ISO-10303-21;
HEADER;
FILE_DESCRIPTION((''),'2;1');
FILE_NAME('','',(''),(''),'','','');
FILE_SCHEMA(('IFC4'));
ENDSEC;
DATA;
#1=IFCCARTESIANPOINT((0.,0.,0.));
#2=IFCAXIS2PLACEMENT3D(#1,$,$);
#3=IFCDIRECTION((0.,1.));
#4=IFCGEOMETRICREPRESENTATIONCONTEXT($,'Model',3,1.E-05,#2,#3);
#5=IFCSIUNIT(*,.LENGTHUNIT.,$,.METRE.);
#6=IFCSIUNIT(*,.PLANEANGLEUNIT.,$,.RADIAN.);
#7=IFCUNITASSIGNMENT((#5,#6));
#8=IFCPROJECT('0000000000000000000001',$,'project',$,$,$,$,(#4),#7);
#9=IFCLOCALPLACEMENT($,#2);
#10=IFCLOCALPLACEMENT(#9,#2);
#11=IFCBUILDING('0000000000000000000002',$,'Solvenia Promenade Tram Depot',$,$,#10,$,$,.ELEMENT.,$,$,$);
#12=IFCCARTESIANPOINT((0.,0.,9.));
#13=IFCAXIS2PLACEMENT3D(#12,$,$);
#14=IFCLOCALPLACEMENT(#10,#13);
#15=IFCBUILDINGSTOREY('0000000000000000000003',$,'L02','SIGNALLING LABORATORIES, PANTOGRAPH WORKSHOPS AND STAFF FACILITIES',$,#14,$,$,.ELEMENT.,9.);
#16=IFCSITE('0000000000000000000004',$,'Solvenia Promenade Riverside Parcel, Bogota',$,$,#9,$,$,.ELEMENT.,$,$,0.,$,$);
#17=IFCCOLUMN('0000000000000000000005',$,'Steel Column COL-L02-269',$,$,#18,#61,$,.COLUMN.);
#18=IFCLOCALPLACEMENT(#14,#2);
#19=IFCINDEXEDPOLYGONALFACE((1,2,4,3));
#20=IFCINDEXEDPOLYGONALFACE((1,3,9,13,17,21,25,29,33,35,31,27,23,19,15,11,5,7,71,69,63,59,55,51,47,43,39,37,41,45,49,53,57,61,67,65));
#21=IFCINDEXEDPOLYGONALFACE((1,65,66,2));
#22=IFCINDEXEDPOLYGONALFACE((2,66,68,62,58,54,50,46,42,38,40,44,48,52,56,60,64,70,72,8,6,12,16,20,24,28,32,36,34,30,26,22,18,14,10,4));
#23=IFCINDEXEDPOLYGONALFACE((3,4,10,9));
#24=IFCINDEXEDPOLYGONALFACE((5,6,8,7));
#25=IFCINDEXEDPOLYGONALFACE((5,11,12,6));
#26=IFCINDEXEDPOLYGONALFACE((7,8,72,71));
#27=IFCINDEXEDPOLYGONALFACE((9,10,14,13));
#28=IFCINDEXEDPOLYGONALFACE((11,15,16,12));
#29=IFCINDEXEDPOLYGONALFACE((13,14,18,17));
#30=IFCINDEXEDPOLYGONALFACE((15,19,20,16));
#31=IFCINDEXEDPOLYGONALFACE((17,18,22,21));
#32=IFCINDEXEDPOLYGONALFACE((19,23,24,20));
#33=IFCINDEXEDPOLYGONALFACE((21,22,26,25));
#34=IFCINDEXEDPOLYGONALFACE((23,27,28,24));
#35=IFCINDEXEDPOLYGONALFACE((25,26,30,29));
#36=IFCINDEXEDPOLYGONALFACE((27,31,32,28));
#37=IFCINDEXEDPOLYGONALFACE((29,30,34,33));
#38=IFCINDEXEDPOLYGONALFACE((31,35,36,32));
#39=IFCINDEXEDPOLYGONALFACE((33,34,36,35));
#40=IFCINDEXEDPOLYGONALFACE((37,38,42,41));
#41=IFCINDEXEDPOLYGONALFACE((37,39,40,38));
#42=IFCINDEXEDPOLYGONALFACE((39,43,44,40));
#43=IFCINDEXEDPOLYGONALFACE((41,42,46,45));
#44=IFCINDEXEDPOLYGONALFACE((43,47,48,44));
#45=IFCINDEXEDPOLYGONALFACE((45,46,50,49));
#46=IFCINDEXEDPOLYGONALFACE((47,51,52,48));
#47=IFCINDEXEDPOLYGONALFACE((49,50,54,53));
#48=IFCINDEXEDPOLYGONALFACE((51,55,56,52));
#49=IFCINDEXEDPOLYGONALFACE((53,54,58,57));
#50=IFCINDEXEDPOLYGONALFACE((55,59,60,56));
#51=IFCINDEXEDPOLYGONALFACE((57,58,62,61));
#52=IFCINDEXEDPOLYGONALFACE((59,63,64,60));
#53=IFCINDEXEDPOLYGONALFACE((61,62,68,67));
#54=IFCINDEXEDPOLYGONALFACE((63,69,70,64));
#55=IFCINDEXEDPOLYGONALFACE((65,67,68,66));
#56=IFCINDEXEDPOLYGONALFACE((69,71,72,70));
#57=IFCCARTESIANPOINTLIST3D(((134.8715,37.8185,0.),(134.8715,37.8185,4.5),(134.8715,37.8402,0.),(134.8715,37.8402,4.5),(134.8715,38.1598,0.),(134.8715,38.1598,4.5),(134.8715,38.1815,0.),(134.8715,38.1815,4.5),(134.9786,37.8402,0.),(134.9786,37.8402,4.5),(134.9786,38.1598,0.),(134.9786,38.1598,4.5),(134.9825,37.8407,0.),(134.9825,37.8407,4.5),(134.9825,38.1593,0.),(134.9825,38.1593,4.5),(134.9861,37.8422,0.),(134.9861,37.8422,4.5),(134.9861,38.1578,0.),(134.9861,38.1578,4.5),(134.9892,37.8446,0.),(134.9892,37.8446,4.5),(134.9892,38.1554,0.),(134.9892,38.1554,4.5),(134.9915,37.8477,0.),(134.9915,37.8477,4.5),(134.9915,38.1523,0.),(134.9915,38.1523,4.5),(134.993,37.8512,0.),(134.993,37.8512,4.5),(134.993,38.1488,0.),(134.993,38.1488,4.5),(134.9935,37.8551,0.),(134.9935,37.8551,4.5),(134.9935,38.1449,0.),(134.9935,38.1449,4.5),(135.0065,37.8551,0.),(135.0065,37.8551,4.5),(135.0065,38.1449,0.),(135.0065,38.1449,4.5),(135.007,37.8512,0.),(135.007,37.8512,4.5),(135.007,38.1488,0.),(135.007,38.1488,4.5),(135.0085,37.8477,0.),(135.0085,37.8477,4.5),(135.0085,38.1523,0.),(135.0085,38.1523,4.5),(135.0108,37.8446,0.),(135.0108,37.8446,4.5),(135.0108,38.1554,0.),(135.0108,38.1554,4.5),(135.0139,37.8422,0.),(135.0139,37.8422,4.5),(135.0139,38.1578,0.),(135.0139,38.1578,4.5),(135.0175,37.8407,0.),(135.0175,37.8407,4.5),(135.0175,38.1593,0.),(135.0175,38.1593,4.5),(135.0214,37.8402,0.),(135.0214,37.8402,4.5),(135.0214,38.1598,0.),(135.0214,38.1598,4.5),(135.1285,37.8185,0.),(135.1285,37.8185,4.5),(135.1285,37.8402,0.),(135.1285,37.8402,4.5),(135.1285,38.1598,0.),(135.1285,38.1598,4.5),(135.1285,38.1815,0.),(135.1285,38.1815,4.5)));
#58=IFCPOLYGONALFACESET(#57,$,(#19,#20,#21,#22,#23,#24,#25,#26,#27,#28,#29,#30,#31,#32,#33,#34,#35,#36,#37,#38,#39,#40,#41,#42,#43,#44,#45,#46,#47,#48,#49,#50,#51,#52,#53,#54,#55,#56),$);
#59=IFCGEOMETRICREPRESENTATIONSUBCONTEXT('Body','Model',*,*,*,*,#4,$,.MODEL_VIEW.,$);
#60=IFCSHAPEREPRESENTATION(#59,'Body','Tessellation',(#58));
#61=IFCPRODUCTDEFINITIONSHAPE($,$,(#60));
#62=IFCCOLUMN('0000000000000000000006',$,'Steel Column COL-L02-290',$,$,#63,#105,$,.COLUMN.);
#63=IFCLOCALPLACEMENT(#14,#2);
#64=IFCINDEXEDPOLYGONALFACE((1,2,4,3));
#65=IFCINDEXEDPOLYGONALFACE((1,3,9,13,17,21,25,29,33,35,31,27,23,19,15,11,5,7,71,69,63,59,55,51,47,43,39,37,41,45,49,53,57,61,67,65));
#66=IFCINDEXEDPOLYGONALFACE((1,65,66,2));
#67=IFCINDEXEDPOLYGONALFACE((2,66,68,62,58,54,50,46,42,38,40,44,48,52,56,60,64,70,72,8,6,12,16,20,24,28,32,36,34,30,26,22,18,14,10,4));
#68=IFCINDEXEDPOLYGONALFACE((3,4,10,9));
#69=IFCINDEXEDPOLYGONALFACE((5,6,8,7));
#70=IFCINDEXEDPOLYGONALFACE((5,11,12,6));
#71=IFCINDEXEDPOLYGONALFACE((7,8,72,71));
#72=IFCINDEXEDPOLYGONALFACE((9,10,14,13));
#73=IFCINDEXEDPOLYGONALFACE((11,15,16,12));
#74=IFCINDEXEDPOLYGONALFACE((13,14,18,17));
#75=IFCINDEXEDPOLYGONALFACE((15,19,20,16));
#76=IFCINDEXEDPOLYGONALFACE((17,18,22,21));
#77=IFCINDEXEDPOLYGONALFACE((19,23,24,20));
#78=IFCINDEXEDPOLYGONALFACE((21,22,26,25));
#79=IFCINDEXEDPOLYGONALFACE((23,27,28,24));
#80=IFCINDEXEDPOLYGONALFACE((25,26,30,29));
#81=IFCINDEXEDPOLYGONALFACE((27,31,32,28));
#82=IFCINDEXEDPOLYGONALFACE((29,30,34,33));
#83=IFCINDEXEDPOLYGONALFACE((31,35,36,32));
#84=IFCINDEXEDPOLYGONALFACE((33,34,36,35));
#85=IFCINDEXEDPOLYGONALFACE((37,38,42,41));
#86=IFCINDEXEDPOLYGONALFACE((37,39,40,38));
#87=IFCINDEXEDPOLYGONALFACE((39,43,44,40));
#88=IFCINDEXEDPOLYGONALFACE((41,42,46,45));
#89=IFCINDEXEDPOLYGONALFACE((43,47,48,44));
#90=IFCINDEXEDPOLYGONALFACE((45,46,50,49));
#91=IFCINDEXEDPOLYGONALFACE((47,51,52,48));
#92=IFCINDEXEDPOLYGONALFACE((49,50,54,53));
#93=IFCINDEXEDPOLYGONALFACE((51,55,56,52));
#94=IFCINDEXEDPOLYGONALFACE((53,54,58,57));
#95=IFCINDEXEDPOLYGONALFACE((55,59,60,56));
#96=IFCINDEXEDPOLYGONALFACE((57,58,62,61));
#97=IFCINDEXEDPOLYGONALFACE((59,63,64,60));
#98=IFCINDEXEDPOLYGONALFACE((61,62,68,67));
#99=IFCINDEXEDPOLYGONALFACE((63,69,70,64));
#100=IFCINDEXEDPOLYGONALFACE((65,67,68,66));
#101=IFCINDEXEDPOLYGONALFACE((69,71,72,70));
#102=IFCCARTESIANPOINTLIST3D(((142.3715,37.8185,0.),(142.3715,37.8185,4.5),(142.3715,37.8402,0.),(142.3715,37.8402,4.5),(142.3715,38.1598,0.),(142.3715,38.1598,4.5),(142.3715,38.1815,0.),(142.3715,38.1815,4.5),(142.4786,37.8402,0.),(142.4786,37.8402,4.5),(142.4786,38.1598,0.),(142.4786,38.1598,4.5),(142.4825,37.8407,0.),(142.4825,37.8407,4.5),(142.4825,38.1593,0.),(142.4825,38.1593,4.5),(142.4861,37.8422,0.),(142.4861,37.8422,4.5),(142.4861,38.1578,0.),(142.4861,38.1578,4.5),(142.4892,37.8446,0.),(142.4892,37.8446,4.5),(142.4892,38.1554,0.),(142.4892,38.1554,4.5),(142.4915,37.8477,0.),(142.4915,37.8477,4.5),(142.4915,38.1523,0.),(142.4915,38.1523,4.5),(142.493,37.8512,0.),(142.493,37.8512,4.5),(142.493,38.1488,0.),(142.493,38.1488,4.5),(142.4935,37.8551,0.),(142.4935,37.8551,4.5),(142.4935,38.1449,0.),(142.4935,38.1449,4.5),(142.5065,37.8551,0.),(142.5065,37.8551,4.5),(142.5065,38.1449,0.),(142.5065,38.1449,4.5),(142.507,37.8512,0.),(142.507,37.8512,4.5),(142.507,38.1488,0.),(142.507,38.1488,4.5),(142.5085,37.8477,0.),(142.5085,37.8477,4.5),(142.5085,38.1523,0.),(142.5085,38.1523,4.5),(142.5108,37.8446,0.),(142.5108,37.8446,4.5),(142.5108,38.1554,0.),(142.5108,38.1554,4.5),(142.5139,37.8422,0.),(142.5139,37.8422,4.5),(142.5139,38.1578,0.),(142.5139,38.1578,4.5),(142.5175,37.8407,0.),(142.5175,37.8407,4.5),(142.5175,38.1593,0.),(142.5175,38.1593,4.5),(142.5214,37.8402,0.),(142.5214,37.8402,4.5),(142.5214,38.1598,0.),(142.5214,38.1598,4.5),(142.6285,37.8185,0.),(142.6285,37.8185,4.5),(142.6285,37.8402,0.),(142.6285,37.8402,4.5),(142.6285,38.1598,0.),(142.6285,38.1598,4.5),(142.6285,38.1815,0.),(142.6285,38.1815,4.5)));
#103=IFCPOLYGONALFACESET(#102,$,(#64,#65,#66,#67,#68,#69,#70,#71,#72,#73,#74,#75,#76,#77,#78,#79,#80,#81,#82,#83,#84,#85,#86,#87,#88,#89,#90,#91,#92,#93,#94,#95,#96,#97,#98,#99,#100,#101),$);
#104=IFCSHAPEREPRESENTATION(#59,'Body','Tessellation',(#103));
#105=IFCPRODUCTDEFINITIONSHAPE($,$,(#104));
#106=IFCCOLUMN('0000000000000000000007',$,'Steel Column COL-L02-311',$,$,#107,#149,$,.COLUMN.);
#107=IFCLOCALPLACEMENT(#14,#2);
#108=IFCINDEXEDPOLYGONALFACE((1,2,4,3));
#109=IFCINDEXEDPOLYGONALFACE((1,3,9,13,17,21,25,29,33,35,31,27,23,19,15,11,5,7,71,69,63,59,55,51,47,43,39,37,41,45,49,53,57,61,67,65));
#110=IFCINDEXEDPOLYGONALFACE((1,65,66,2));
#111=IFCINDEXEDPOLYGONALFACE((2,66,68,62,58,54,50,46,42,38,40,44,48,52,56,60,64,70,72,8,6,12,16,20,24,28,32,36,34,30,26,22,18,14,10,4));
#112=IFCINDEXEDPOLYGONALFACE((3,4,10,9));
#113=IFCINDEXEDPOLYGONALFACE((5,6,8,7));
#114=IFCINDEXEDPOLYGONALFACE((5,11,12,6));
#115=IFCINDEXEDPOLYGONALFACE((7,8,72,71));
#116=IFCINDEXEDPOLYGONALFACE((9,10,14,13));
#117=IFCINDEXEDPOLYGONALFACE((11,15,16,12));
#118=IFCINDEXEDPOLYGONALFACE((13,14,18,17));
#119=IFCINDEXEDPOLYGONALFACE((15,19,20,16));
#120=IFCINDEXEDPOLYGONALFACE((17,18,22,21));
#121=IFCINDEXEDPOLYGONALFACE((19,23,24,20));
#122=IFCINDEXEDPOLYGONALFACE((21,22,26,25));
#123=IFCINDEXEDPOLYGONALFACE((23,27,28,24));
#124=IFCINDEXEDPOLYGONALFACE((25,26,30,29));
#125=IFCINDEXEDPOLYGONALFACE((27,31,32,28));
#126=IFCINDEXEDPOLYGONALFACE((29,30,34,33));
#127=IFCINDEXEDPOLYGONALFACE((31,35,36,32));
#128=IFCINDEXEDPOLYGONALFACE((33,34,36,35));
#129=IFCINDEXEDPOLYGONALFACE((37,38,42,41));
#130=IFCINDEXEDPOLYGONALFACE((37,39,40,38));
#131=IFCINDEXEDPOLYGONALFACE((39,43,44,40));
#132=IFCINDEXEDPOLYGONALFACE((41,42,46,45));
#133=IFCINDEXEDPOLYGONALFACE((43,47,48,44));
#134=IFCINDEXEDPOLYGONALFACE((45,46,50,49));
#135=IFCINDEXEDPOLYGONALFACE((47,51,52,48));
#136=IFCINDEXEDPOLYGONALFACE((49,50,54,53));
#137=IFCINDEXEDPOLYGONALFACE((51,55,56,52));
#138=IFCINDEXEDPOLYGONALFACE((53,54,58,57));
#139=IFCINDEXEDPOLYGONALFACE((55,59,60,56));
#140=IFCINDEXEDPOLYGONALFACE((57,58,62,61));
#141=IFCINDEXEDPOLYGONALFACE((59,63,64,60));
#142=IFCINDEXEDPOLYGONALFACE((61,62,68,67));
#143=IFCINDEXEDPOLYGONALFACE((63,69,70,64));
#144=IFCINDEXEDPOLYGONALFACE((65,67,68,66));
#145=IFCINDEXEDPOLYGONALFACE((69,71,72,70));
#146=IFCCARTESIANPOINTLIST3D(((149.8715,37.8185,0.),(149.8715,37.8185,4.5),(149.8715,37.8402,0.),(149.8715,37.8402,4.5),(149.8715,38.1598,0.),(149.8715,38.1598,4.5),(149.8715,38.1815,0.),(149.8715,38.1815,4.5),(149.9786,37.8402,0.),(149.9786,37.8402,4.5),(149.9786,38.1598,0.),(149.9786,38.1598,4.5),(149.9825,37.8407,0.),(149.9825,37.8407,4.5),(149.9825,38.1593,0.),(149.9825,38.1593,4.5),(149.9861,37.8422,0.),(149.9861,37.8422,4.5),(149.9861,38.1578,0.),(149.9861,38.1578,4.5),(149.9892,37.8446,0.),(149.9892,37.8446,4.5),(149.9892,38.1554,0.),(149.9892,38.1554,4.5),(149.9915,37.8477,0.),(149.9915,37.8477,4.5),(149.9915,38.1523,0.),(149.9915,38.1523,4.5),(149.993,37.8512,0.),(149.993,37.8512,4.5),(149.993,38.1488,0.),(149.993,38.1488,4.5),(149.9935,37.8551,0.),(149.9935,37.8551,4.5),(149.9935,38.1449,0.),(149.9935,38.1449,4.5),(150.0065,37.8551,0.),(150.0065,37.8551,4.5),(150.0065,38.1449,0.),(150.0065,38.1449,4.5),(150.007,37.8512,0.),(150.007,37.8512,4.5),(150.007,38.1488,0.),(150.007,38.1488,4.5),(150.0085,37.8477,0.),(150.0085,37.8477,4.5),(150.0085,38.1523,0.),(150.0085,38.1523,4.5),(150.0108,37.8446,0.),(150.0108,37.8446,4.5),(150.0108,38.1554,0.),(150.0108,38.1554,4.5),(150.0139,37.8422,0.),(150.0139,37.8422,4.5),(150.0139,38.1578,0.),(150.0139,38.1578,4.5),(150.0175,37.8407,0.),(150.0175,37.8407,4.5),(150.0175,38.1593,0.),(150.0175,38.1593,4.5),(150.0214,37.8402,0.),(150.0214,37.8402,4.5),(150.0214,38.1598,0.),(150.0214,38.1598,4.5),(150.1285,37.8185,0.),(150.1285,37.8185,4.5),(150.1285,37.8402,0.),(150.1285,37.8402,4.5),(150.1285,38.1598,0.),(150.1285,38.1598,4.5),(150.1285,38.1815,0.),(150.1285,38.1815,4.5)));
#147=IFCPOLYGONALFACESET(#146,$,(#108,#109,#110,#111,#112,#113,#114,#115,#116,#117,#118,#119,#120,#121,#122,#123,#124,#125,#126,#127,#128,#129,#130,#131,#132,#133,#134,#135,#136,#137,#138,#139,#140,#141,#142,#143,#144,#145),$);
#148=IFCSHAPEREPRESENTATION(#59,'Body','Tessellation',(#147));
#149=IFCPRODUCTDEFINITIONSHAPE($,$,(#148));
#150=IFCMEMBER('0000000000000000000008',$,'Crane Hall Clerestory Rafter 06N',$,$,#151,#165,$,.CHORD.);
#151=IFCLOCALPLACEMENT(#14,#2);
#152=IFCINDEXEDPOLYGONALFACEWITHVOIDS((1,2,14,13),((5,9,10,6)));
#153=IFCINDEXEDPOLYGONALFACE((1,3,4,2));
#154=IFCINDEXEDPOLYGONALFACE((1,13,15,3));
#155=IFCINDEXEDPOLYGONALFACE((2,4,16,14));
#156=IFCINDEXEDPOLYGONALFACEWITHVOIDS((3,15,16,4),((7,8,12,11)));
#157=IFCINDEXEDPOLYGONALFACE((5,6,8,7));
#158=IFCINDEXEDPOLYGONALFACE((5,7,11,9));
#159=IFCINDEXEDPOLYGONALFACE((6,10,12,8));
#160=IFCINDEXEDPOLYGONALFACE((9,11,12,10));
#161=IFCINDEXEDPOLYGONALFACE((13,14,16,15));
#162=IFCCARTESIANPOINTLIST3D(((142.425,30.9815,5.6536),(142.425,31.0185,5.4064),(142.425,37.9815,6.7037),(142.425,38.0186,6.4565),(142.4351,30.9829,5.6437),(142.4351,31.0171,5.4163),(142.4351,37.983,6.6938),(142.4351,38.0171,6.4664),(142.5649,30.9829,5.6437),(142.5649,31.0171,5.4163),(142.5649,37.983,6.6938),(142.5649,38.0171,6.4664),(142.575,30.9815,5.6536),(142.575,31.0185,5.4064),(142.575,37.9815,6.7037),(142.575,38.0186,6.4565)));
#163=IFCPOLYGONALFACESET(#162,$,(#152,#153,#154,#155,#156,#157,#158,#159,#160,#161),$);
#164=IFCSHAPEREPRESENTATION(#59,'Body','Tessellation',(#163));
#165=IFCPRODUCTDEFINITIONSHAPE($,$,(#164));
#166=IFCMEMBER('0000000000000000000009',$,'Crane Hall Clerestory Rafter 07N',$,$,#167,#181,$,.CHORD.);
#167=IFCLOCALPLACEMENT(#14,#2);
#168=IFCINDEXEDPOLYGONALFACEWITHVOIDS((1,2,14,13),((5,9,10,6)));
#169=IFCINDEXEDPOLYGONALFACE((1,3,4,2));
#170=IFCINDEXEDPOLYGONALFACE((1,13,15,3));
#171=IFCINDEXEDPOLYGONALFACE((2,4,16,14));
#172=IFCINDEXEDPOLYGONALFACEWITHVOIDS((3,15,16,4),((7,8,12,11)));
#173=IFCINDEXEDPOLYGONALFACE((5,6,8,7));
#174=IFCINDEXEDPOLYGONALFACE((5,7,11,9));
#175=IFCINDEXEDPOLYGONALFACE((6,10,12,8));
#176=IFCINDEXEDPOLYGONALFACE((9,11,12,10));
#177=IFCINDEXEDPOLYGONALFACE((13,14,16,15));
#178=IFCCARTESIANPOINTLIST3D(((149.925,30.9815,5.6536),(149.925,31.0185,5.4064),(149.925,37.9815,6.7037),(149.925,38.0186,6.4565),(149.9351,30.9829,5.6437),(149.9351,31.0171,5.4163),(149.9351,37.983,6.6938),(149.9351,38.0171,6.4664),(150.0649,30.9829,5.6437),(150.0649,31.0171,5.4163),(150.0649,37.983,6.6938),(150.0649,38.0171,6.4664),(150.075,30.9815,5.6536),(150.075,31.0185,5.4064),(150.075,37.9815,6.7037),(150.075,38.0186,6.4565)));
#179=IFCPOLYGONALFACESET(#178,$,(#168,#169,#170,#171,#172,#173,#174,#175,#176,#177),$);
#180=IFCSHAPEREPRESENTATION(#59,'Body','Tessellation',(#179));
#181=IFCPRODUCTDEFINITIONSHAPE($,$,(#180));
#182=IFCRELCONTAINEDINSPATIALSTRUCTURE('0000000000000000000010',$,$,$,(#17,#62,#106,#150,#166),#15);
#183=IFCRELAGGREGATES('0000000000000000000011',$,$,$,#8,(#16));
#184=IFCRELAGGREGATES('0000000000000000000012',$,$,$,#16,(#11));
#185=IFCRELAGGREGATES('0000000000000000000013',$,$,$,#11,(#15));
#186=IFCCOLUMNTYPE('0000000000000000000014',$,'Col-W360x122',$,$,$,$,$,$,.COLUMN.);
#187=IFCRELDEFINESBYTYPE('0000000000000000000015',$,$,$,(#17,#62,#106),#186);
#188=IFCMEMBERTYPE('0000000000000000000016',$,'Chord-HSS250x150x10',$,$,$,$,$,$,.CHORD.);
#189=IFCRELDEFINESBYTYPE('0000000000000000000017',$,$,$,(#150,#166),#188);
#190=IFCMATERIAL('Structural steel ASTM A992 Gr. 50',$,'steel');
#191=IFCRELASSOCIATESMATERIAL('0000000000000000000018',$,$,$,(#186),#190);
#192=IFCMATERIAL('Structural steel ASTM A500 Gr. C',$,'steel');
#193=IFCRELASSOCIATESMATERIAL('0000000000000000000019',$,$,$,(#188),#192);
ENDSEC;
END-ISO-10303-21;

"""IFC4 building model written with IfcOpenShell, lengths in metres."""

from ifc_helpers import new_model, si_unit, direction, frame, origin, origin_2d, place, context, subcontext, project, spatial, hollow_rectangle, i_section, extrude, material, material_profile, profile_set, type_object, element, save


model = new_model("IFC4")

# Units and contexts
model_context = context("Model", 3, precision=1e-05, world=origin(), true_north=direction((0.0, 1.0)))
body_context = subcontext(model_context, "Body", "Model", "MODEL_VIEW")
ifc_project = project(units=[si_unit("LENGTHUNIT", "METRE"), si_unit("PLANEANGLEUNIT", "RADIAN")], contexts=[model_context])

# Site, building, storey
site_placement = place(None, origin())
site = spatial("IfcSite", under=ifc_project, at=site_placement, Name="Solvenia Promenade Riverside Parcel, Bogota", CompositionType="ELEMENT", RefElevation=0.0)
building_placement = place(site_placement, origin())
building = spatial("IfcBuilding", under=site, at=building_placement, Name="Solvenia Promenade Tram Depot", CompositionType="ELEMENT")
storey_placement = place(building_placement, frame((0.0, 0.0, 9.0)))
storey = spatial("IfcBuildingStorey", under=building, at=storey_placement, Name="L02", Description="SIGNALLING LABORATORIES, PANTOGRAPH WORKSHOPS AND STAFF FACILITIES", CompositionType="ELEMENT", Elevation=9.0)

# Columns
ifc_material_1 = material(Name="Structural steel ASTM A992 Gr. 50", Category="steel")
ifc_material_profile_1 = material_profile(ifc_material_1, i_section(OverallWidth=0.2571, OverallDepth=0.363, WebThickness=0.0129, FlangeThickness=0.0217, FilletRadius=0.0149, at=origin_2d()), Name="W360x122", Category="steel")
ifc_profile_set_1 = profile_set([ifc_material_profile_1], Name="Structural steel ASTM A992 Gr. 50")
column_type = type_object("IfcColumnType", Name="Col-W360x122", PredefinedType="COLUMN", material=ifc_profile_set_1)
for number, where, z_axis, x_axis, name in (
    (1, (135.0, 38.0, 0.0), (0.0, 0.0, 1.0), (1.0, 0.0, 0.0), "Steel Column COL-L02-269"),
    (2, (142.5, 38.0, 0.0), (0.0, 0.0, 1.0), (1.0, 0.0, 0.0), "Steel Column COL-L02-290"),
    (3, (150.0, 38.0, 0.0), (0.0, 0.0, 1.0), (1.0, 0.0, 0.0), "Steel Column COL-L02-311"),
):
    element("IfcColumn", number, at=place(storey_placement, frame(where, z_axis=z_axis, x_axis=x_axis)), inside=storey, type_object=column_type, Name=name, PredefinedType="COLUMN", context=body_context, shape_type="SweptSolid", body=[
        extrude(i_section(OverallWidth=0.2571, OverallDepth=0.363, WebThickness=0.0129, FlangeThickness=0.0217, FilletRadius=0.0149, at=origin_2d()), origin(), (0.0, 0.0, 1.0), 4.5),
    ])

# Members
ifc_material_2 = material(Name="Structural steel ASTM A500 Gr. C", Category="steel")
ifc_material_profile_2 = material_profile(ifc_material_2, hollow_rectangle(XDim=0.1499, YDim=0.25, WallThickness=0.01, at=origin_2d()), Name="HSS250x150x10", Category="steel")
ifc_profile_set_2 = profile_set([ifc_material_profile_2], Name="Structural steel ASTM A500 Gr. C")
member_type_1 = type_object("IfcMemberType", Name="Chord-HSS250x150x10", PredefinedType="CHORD", material=ifc_profile_set_2)
for number, where, z_axis, x_axis, name in (
    (4, (142.5, 31.0, 5.53), (0.0, 0.988935, 0.148347), (-1.0, 0.0, 0.0), "Crane Hall Clerestory Rafter 06N"),
    (5, (150.0, 31.0, 5.53), (0.0, 0.988935, 0.148347), (-1.0, 0.0, 0.0), "Crane Hall Clerestory Rafter 07N"),
):
    element("IfcMember", number, at=place(storey_placement, frame(where, z_axis=z_axis, x_axis=x_axis)), inside=storey, type_object=member_type_1, Name=name, PredefinedType="CHORD", context=body_context, shape_type="SweptSolid", body=[
        extrude(hollow_rectangle(XDim=0.1499, YDim=0.25, WallThickness=0.01, at=origin_2d()), origin(), (0.0, 0.0, 1.0), 7.0784),
    ])

save(model, "model.ifc")
